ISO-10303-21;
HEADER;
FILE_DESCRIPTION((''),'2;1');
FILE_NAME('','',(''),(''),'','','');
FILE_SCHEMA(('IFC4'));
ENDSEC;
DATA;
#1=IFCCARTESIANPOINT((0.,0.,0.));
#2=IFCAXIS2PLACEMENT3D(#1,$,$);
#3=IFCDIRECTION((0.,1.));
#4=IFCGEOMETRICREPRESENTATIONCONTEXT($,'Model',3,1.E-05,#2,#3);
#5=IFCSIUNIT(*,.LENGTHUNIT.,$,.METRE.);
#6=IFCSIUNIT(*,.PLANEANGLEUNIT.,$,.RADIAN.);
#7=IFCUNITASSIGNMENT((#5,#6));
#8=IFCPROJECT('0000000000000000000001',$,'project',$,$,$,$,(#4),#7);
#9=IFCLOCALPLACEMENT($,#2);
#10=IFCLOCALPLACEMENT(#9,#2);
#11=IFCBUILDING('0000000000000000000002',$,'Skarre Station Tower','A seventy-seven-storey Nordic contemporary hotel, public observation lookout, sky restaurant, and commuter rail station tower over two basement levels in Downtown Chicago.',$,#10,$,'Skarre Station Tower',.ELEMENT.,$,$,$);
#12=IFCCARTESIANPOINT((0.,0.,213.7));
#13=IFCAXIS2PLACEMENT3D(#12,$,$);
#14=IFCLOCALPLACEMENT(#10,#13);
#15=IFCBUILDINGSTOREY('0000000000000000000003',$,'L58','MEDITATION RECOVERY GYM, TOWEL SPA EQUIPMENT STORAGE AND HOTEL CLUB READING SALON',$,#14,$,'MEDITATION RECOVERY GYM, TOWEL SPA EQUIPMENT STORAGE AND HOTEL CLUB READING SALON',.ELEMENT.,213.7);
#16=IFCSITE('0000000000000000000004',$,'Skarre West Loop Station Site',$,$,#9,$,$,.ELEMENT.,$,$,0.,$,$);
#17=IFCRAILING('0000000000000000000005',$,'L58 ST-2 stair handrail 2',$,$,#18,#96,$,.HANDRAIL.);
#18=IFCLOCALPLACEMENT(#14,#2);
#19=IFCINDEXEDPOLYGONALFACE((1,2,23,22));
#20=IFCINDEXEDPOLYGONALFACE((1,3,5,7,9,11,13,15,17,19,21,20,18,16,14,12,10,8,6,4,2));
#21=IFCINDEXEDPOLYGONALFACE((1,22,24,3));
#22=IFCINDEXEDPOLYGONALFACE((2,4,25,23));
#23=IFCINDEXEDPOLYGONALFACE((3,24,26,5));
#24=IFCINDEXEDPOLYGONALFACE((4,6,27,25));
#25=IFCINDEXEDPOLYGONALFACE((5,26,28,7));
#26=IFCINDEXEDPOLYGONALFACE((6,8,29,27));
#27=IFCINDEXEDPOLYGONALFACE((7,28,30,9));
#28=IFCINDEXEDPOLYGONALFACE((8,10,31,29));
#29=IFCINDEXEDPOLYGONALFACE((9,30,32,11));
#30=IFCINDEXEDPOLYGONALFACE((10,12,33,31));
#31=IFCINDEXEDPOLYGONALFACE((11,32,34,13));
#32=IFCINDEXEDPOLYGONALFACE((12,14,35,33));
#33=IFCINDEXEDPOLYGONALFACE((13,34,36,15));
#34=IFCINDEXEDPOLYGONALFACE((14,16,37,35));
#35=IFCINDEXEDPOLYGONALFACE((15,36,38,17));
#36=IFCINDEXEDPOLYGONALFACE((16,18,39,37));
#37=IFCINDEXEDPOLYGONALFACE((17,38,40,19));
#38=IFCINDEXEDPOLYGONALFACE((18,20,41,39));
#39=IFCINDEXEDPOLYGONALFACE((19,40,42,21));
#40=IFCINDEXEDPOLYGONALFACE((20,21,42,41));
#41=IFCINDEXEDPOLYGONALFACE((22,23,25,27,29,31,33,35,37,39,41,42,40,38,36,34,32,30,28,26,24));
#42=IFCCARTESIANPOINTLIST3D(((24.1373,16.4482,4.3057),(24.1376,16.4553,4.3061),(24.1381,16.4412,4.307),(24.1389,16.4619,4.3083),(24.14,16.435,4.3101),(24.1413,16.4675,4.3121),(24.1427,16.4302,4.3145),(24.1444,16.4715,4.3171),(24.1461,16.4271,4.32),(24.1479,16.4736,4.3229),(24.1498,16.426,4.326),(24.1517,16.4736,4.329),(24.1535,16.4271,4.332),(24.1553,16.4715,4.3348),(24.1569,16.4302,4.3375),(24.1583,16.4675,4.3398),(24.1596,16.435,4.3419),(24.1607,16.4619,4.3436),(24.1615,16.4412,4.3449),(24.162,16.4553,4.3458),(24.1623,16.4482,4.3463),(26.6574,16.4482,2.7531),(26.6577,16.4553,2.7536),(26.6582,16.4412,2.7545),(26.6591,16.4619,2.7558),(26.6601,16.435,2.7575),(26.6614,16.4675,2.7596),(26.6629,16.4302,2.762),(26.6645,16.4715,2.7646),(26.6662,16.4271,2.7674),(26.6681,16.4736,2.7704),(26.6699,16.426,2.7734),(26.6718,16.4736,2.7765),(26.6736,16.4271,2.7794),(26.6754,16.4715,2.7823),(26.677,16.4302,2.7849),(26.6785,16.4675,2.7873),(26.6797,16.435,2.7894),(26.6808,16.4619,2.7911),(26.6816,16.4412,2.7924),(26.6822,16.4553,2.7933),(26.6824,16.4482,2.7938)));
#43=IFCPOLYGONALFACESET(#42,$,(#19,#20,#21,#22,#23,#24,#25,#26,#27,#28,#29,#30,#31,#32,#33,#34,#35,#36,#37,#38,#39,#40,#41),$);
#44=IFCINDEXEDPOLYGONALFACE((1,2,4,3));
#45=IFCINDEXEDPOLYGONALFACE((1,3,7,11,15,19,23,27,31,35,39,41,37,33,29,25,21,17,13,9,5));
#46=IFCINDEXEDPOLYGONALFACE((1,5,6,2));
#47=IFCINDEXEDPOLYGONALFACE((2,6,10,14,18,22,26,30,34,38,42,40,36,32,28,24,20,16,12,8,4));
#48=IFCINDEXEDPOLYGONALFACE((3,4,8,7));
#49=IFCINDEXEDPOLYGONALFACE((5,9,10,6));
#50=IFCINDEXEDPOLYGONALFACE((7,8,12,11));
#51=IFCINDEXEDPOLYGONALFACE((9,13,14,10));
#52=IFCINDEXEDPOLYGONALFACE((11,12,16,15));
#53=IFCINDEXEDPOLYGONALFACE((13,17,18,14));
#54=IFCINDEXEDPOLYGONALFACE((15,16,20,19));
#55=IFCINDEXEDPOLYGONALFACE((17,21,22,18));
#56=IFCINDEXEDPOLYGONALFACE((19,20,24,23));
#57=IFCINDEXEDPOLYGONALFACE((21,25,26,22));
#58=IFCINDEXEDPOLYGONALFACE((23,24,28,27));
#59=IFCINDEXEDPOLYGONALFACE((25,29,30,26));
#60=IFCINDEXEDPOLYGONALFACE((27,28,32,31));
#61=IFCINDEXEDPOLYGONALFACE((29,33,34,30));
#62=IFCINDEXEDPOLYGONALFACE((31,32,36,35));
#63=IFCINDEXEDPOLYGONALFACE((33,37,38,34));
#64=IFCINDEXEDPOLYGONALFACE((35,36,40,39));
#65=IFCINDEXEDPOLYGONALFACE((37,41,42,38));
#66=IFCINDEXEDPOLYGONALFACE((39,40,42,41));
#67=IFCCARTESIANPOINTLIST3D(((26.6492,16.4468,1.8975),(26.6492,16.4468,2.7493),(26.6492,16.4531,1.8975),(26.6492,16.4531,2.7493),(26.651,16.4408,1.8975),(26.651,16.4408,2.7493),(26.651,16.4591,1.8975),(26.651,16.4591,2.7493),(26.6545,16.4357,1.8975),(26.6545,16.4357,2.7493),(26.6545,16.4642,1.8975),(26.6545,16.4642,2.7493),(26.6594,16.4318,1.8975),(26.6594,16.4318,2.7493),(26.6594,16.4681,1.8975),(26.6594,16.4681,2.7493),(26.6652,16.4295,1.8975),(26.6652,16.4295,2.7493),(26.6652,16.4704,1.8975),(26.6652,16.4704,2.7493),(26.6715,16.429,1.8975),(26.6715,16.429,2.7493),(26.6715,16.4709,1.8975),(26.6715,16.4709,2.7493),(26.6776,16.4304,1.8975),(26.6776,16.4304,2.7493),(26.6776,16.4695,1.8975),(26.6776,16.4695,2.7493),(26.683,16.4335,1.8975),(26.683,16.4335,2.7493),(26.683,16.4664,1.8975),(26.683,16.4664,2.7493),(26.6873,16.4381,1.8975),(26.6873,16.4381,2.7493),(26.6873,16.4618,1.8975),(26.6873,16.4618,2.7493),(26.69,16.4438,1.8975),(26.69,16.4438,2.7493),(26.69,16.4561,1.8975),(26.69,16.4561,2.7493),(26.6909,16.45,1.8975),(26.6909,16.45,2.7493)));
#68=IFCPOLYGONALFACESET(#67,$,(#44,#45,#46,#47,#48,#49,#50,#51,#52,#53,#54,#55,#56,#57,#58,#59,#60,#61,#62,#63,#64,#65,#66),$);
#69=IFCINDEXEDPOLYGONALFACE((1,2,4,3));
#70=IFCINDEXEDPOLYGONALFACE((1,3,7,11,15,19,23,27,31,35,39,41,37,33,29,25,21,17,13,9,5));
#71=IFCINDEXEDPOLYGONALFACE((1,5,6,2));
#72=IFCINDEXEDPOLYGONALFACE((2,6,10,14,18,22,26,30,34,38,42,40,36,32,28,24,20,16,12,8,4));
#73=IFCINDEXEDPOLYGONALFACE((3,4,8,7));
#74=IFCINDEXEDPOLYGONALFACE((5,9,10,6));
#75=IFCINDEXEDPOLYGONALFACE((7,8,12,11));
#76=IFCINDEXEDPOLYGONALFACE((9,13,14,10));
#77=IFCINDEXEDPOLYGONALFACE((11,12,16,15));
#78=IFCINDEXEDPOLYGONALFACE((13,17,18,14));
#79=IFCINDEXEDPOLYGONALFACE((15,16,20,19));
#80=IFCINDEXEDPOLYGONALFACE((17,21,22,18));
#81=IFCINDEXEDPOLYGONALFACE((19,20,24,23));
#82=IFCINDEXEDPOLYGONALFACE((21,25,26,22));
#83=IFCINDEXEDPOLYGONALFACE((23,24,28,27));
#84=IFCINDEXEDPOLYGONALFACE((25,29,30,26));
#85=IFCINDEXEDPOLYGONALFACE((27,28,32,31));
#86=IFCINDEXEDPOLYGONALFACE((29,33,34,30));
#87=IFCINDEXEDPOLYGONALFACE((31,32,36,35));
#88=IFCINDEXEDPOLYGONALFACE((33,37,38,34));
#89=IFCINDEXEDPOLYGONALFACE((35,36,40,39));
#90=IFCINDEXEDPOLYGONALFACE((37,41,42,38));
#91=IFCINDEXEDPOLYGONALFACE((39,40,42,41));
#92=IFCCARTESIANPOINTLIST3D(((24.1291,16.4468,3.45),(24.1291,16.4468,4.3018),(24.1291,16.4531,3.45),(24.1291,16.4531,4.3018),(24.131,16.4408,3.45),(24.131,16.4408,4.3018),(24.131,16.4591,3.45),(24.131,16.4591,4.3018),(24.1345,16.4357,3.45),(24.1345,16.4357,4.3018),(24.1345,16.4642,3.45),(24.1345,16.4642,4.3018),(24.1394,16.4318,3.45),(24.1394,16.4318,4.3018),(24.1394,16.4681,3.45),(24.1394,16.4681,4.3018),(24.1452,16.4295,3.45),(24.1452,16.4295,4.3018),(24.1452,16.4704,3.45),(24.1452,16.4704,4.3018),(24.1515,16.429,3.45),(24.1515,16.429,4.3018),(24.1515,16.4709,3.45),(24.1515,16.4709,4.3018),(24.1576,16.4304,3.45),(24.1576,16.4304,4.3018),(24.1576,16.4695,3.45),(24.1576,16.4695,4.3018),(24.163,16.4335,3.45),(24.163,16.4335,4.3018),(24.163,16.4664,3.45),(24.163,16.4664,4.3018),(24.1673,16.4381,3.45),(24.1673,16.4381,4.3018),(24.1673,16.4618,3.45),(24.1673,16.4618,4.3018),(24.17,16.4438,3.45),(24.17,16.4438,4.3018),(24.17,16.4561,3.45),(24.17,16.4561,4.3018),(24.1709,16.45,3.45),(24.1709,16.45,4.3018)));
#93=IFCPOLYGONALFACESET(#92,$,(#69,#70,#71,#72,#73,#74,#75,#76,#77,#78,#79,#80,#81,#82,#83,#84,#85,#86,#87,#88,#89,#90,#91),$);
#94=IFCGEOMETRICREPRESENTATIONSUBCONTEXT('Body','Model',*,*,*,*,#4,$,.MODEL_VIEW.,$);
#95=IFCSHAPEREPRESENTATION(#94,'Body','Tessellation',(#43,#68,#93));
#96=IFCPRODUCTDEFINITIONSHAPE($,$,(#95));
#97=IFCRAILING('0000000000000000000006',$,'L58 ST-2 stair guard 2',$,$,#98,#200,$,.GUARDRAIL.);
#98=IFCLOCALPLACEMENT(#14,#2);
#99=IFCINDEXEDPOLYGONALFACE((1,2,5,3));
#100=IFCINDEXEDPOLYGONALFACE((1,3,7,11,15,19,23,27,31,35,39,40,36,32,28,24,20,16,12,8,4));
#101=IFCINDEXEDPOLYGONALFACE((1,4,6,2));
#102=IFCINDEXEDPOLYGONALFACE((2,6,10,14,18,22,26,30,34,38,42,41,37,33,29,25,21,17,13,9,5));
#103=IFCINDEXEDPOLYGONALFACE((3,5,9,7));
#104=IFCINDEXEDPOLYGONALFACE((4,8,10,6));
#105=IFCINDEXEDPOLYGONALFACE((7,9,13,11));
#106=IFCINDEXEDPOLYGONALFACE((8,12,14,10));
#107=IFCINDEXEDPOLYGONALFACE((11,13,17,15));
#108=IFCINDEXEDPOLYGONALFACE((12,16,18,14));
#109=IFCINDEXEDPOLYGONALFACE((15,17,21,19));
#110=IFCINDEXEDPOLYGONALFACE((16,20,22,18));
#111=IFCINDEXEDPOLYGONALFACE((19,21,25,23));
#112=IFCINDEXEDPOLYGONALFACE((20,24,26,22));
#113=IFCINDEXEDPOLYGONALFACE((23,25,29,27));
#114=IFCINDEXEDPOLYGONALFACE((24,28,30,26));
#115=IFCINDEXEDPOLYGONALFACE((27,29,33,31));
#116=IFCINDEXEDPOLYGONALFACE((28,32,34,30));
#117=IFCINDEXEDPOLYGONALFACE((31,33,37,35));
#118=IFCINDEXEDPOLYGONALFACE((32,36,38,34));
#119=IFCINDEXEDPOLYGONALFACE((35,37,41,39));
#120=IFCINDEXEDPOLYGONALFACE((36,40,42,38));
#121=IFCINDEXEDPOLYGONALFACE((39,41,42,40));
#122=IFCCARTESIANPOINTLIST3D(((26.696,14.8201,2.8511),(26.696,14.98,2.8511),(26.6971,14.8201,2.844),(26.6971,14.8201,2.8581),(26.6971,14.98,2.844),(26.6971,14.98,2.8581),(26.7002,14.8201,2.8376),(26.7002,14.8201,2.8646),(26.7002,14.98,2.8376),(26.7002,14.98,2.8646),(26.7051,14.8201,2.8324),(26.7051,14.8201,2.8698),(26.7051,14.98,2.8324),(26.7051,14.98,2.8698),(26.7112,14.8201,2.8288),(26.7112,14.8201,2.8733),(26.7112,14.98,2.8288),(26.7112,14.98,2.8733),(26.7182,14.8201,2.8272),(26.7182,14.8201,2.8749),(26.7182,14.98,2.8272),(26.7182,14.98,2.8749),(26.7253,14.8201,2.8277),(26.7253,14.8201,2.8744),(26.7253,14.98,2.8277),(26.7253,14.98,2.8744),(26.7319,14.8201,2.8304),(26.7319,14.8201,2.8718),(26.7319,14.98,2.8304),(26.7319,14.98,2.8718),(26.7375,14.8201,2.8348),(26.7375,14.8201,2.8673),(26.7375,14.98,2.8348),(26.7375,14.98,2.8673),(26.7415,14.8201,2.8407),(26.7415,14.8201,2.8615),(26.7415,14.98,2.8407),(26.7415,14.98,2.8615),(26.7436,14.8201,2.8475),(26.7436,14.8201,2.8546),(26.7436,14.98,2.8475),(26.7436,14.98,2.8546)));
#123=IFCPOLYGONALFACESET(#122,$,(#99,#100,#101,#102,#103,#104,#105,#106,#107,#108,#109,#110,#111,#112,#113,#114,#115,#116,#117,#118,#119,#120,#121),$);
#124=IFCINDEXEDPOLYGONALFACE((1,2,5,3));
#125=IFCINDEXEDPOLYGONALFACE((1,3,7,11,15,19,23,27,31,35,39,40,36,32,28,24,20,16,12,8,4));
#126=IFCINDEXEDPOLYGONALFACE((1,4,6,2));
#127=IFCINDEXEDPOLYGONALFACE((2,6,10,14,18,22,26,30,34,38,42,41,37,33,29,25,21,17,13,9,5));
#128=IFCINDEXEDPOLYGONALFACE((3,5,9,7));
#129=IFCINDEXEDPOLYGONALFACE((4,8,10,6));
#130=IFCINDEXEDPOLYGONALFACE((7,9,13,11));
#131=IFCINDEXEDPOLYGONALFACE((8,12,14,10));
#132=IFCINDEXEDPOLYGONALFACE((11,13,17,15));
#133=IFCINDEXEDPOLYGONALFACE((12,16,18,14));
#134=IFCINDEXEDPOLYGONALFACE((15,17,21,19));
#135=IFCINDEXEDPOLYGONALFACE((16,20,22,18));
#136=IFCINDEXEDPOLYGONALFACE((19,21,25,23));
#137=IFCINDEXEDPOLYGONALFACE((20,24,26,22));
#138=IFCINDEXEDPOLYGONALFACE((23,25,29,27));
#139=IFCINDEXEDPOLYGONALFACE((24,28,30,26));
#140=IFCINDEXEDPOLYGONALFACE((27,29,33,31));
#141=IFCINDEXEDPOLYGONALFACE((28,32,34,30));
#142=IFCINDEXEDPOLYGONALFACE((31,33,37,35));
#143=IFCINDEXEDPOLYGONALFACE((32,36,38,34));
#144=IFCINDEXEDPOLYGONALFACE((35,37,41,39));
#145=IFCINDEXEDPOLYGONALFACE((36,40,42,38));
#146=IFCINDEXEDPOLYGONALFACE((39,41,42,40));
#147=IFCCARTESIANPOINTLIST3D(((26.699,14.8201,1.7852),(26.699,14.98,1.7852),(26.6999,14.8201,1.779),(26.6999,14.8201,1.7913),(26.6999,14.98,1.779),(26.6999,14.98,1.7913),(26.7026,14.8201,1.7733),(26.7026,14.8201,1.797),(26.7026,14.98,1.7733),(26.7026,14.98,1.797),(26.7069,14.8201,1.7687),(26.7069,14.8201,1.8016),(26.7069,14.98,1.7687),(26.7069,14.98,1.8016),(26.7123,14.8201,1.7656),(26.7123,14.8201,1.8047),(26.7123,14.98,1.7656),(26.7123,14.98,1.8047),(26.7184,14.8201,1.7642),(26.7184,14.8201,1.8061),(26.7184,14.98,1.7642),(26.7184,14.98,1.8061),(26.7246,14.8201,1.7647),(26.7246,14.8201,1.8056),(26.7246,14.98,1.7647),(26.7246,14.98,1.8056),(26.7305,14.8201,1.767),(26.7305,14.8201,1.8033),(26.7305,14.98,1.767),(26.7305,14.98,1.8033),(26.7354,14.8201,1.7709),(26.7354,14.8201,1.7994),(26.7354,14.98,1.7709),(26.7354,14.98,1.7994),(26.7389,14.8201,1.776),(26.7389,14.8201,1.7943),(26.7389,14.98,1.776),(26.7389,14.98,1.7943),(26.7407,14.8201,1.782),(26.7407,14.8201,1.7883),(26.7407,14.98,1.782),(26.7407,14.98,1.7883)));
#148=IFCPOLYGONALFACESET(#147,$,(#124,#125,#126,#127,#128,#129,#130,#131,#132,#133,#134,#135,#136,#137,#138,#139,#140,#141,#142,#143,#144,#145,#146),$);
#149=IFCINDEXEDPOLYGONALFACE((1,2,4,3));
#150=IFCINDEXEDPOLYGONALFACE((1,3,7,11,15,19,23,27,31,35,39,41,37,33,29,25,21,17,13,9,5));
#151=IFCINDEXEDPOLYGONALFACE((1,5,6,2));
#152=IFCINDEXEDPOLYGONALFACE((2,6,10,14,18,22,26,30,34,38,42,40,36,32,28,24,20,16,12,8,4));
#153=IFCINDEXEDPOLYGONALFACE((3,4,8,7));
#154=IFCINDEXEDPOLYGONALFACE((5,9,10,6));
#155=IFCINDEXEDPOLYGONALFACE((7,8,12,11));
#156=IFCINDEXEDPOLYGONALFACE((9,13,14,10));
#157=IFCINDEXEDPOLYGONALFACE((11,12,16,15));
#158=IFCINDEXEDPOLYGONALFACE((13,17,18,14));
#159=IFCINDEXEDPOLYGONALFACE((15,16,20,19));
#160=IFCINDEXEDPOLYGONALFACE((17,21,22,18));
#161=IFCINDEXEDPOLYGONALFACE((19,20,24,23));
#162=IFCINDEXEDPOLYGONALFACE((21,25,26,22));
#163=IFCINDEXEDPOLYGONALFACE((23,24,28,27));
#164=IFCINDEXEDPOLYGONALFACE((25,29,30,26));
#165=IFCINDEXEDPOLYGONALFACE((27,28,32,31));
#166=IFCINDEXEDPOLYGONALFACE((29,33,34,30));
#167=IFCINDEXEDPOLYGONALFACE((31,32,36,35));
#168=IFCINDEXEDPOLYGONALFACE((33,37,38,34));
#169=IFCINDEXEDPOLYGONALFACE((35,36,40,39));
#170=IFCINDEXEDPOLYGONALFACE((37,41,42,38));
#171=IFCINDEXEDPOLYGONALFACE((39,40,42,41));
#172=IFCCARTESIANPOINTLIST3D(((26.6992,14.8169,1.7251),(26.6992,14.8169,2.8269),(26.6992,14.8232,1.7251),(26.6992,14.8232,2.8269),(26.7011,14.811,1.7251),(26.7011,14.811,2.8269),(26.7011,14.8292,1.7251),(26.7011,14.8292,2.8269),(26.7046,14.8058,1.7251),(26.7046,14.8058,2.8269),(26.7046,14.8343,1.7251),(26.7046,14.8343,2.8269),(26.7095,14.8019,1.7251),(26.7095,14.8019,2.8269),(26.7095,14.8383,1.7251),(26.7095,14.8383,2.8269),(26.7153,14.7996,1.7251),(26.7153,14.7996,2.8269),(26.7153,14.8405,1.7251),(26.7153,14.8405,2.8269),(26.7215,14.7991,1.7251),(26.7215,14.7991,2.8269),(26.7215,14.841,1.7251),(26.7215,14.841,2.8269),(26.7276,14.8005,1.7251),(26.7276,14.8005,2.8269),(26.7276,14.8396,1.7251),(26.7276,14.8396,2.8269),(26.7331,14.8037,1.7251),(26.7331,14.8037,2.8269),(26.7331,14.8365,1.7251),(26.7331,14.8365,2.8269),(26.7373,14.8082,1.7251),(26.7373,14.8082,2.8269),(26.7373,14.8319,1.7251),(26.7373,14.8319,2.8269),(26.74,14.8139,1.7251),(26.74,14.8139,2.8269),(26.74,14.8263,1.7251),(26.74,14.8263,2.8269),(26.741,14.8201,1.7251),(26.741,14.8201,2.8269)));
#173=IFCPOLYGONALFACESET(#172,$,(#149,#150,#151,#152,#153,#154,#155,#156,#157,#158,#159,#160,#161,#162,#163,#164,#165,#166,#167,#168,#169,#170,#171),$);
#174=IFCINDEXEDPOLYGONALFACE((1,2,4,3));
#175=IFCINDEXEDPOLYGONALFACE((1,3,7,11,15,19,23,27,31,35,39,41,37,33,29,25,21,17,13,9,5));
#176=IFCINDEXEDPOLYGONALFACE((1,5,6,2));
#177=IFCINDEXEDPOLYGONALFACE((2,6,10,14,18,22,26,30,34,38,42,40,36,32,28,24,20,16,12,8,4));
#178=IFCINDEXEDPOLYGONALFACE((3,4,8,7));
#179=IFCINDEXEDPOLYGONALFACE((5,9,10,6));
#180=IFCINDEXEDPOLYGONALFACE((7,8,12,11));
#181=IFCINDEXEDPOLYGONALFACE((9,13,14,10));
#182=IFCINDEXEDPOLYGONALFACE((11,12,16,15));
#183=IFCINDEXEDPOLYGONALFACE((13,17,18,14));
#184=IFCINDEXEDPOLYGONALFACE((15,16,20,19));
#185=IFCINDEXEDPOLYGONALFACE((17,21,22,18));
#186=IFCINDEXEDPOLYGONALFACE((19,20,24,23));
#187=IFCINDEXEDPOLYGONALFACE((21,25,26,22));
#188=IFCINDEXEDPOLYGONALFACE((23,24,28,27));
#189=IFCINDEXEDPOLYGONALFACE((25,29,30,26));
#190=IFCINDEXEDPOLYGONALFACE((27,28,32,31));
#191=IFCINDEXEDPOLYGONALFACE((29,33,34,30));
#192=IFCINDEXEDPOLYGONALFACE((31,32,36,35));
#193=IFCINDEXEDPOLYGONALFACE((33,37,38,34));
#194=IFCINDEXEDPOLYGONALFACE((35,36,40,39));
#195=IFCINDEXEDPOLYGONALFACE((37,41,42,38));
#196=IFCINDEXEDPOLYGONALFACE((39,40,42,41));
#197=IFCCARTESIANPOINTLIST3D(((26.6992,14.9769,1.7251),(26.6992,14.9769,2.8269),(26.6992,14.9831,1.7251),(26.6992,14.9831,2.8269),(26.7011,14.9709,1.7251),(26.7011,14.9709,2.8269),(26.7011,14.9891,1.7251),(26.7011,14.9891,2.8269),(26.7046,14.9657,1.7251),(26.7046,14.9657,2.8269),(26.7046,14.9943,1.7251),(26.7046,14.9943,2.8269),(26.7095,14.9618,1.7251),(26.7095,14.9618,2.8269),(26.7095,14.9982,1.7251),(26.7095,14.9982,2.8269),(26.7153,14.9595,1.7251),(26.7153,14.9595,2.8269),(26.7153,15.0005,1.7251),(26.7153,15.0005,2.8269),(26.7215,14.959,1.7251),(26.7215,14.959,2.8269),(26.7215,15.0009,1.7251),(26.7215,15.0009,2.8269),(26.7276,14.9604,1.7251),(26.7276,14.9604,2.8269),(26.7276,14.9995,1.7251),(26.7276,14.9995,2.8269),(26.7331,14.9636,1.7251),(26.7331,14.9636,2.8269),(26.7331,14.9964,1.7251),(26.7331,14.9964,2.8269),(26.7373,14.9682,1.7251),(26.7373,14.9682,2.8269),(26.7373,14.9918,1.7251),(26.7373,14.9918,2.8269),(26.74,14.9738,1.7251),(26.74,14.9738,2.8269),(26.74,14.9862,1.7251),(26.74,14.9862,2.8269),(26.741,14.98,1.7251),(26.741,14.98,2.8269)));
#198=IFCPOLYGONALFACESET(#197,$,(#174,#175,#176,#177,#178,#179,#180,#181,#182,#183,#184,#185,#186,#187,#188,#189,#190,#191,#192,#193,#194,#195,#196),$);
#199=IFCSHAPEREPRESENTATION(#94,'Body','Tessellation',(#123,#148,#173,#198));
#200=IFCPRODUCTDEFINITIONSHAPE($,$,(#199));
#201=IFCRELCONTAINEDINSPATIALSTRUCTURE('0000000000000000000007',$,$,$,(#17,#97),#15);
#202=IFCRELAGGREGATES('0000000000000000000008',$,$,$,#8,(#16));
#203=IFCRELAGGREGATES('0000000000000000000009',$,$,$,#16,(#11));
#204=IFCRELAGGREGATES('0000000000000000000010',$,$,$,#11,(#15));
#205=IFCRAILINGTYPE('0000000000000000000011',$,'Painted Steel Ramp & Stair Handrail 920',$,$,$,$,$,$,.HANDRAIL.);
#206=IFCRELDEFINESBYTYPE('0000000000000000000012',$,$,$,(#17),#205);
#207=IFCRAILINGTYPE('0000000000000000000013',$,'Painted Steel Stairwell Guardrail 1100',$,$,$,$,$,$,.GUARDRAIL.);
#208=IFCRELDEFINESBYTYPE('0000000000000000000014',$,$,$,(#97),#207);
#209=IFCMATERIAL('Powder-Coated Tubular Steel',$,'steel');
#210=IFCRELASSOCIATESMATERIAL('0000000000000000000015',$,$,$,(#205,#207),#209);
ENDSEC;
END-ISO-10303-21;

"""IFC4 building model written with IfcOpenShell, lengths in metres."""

from ifc_helpers import new_model, si_unit, direction, frame, origin, origin_2d, place, context, subcontext, project, spatial, circle, extrude, material, type_object, element, save


model = new_model("IFC4")

# Units and contexts
model_context = context("Model", 3, precision=1e-05, world=origin(), true_north=direction((0.0, 1.0)))
body_context = subcontext(model_context, "Body", "Model", "MODEL_VIEW")
ifc_project = project(units=[si_unit("LENGTHUNIT", "METRE"), si_unit("PLANEANGLEUNIT", "RADIAN")], contexts=[model_context])

# Site, building, storey
site_placement = place(None, origin())
site = spatial("IfcSite", under=ifc_project, at=site_placement, Name="Skarre West Loop Station Site", CompositionType="ELEMENT", RefElevation=0.0)
building_placement = place(site_placement, origin())
building = spatial("IfcBuilding", under=site, at=building_placement, Name="Skarre Station Tower", Description="A seventy-seven-storey Nordic contemporary hotel, public observation lookout, sky restaurant, and commuter rail station tower over two basement levels in Downtown Chicago.", LongName="Skarre Station Tower", CompositionType="ELEMENT")
storey_placement = place(building_placement, frame((0.0, 0.0, 213.7)))
storey = spatial("IfcBuildingStorey", under=building, at=storey_placement, Name="L58", Description="MEDITATION RECOVERY GYM, TOWEL SPA EQUIPMENT STORAGE AND HOTEL CLUB READING SALON", LongName="MEDITATION RECOVERY GYM, TOWEL SPA EQUIPMENT STORAGE AND HOTEL CLUB READING SALON", CompositionType="ELEMENT", Elevation=213.7)

# Railings
ifc_material_1 = material(Name="Powder-Coated Tubular Steel", Category="steel")
railing_type_1 = type_object("IfcRailingType", Name="Painted Steel Ramp & Stair Handrail 920", PredefinedType="HANDRAIL", material=ifc_material_1)
railing_1_placement = place(storey_placement, frame((26.6699, 16.45, 1.8975)))
element("IfcRailing", 1, at=railing_1_placement, inside=storey, type_object=railing_type_1, Name="L58 ST-2 stair handrail 2", PredefinedType="HANDRAIL", context=body_context, shape_type="SweptSolid", body=[
    extrude(circle(Radius=0.0239, at=origin_2d()), frame((0.0, 0.0, 0.876), z_axis=(-0.8514, 0.0, 0.524516), x_axis=(0.0, -1.0, 0.0)), (0.0, 0.0, 1.0), 2.96),
    extrude(circle(Radius=0.021, at=origin_2d()), origin(), (0.0, 0.0, 1.0), 0.8518),
    extrude(circle(Radius=0.021, at=origin_2d()), frame((-2.52, 0.0, 1.5525)), (0.0, 0.0, 1.0), 0.8518),
])
railing_type_2 = type_object("IfcRailingType", Name="Painted Steel Stairwell Guardrail 1100", PredefinedType="GUARDRAIL", material=ifc_material_1)
railing_2_placement = place(storey_placement, frame((26.72, 14.8201, 1.7251)))
element("IfcRailing", 2, at=railing_2_placement, inside=storey, type_object=railing_type_2, Name="L58 ST-2 stair guard 2", PredefinedType="GUARDRAIL", context=body_context, shape_type="SweptSolid", body=[
    extrude(circle(Radius=0.0239, at=origin_2d()), frame((0.0, 0.0, 1.126), z_axis=(0.0, 1.0, 0.0), x_axis=(-1.0, 0.0, 0.0)), (0.0, 0.0, 1.0), 0.1599),
    extrude(circle(Radius=0.021, at=origin_2d()), frame((0.0, 0.0, 0.0601), z_axis=(0.0, 1.0, 0.0), x_axis=(-1.0, 0.0, 0.0)), (0.0, 0.0, 1.0), 0.1599),
    extrude(circle(Radius=0.021, at=origin_2d()), origin(), (0.0, 0.0, 1.0), 1.1018),
    extrude(circle(Radius=0.021, at=origin_2d()), frame((0.0, 0.1599, 0.0)), (0.0, 0.0, 1.0), 1.1018),
])

save(model, "model.ifc")
